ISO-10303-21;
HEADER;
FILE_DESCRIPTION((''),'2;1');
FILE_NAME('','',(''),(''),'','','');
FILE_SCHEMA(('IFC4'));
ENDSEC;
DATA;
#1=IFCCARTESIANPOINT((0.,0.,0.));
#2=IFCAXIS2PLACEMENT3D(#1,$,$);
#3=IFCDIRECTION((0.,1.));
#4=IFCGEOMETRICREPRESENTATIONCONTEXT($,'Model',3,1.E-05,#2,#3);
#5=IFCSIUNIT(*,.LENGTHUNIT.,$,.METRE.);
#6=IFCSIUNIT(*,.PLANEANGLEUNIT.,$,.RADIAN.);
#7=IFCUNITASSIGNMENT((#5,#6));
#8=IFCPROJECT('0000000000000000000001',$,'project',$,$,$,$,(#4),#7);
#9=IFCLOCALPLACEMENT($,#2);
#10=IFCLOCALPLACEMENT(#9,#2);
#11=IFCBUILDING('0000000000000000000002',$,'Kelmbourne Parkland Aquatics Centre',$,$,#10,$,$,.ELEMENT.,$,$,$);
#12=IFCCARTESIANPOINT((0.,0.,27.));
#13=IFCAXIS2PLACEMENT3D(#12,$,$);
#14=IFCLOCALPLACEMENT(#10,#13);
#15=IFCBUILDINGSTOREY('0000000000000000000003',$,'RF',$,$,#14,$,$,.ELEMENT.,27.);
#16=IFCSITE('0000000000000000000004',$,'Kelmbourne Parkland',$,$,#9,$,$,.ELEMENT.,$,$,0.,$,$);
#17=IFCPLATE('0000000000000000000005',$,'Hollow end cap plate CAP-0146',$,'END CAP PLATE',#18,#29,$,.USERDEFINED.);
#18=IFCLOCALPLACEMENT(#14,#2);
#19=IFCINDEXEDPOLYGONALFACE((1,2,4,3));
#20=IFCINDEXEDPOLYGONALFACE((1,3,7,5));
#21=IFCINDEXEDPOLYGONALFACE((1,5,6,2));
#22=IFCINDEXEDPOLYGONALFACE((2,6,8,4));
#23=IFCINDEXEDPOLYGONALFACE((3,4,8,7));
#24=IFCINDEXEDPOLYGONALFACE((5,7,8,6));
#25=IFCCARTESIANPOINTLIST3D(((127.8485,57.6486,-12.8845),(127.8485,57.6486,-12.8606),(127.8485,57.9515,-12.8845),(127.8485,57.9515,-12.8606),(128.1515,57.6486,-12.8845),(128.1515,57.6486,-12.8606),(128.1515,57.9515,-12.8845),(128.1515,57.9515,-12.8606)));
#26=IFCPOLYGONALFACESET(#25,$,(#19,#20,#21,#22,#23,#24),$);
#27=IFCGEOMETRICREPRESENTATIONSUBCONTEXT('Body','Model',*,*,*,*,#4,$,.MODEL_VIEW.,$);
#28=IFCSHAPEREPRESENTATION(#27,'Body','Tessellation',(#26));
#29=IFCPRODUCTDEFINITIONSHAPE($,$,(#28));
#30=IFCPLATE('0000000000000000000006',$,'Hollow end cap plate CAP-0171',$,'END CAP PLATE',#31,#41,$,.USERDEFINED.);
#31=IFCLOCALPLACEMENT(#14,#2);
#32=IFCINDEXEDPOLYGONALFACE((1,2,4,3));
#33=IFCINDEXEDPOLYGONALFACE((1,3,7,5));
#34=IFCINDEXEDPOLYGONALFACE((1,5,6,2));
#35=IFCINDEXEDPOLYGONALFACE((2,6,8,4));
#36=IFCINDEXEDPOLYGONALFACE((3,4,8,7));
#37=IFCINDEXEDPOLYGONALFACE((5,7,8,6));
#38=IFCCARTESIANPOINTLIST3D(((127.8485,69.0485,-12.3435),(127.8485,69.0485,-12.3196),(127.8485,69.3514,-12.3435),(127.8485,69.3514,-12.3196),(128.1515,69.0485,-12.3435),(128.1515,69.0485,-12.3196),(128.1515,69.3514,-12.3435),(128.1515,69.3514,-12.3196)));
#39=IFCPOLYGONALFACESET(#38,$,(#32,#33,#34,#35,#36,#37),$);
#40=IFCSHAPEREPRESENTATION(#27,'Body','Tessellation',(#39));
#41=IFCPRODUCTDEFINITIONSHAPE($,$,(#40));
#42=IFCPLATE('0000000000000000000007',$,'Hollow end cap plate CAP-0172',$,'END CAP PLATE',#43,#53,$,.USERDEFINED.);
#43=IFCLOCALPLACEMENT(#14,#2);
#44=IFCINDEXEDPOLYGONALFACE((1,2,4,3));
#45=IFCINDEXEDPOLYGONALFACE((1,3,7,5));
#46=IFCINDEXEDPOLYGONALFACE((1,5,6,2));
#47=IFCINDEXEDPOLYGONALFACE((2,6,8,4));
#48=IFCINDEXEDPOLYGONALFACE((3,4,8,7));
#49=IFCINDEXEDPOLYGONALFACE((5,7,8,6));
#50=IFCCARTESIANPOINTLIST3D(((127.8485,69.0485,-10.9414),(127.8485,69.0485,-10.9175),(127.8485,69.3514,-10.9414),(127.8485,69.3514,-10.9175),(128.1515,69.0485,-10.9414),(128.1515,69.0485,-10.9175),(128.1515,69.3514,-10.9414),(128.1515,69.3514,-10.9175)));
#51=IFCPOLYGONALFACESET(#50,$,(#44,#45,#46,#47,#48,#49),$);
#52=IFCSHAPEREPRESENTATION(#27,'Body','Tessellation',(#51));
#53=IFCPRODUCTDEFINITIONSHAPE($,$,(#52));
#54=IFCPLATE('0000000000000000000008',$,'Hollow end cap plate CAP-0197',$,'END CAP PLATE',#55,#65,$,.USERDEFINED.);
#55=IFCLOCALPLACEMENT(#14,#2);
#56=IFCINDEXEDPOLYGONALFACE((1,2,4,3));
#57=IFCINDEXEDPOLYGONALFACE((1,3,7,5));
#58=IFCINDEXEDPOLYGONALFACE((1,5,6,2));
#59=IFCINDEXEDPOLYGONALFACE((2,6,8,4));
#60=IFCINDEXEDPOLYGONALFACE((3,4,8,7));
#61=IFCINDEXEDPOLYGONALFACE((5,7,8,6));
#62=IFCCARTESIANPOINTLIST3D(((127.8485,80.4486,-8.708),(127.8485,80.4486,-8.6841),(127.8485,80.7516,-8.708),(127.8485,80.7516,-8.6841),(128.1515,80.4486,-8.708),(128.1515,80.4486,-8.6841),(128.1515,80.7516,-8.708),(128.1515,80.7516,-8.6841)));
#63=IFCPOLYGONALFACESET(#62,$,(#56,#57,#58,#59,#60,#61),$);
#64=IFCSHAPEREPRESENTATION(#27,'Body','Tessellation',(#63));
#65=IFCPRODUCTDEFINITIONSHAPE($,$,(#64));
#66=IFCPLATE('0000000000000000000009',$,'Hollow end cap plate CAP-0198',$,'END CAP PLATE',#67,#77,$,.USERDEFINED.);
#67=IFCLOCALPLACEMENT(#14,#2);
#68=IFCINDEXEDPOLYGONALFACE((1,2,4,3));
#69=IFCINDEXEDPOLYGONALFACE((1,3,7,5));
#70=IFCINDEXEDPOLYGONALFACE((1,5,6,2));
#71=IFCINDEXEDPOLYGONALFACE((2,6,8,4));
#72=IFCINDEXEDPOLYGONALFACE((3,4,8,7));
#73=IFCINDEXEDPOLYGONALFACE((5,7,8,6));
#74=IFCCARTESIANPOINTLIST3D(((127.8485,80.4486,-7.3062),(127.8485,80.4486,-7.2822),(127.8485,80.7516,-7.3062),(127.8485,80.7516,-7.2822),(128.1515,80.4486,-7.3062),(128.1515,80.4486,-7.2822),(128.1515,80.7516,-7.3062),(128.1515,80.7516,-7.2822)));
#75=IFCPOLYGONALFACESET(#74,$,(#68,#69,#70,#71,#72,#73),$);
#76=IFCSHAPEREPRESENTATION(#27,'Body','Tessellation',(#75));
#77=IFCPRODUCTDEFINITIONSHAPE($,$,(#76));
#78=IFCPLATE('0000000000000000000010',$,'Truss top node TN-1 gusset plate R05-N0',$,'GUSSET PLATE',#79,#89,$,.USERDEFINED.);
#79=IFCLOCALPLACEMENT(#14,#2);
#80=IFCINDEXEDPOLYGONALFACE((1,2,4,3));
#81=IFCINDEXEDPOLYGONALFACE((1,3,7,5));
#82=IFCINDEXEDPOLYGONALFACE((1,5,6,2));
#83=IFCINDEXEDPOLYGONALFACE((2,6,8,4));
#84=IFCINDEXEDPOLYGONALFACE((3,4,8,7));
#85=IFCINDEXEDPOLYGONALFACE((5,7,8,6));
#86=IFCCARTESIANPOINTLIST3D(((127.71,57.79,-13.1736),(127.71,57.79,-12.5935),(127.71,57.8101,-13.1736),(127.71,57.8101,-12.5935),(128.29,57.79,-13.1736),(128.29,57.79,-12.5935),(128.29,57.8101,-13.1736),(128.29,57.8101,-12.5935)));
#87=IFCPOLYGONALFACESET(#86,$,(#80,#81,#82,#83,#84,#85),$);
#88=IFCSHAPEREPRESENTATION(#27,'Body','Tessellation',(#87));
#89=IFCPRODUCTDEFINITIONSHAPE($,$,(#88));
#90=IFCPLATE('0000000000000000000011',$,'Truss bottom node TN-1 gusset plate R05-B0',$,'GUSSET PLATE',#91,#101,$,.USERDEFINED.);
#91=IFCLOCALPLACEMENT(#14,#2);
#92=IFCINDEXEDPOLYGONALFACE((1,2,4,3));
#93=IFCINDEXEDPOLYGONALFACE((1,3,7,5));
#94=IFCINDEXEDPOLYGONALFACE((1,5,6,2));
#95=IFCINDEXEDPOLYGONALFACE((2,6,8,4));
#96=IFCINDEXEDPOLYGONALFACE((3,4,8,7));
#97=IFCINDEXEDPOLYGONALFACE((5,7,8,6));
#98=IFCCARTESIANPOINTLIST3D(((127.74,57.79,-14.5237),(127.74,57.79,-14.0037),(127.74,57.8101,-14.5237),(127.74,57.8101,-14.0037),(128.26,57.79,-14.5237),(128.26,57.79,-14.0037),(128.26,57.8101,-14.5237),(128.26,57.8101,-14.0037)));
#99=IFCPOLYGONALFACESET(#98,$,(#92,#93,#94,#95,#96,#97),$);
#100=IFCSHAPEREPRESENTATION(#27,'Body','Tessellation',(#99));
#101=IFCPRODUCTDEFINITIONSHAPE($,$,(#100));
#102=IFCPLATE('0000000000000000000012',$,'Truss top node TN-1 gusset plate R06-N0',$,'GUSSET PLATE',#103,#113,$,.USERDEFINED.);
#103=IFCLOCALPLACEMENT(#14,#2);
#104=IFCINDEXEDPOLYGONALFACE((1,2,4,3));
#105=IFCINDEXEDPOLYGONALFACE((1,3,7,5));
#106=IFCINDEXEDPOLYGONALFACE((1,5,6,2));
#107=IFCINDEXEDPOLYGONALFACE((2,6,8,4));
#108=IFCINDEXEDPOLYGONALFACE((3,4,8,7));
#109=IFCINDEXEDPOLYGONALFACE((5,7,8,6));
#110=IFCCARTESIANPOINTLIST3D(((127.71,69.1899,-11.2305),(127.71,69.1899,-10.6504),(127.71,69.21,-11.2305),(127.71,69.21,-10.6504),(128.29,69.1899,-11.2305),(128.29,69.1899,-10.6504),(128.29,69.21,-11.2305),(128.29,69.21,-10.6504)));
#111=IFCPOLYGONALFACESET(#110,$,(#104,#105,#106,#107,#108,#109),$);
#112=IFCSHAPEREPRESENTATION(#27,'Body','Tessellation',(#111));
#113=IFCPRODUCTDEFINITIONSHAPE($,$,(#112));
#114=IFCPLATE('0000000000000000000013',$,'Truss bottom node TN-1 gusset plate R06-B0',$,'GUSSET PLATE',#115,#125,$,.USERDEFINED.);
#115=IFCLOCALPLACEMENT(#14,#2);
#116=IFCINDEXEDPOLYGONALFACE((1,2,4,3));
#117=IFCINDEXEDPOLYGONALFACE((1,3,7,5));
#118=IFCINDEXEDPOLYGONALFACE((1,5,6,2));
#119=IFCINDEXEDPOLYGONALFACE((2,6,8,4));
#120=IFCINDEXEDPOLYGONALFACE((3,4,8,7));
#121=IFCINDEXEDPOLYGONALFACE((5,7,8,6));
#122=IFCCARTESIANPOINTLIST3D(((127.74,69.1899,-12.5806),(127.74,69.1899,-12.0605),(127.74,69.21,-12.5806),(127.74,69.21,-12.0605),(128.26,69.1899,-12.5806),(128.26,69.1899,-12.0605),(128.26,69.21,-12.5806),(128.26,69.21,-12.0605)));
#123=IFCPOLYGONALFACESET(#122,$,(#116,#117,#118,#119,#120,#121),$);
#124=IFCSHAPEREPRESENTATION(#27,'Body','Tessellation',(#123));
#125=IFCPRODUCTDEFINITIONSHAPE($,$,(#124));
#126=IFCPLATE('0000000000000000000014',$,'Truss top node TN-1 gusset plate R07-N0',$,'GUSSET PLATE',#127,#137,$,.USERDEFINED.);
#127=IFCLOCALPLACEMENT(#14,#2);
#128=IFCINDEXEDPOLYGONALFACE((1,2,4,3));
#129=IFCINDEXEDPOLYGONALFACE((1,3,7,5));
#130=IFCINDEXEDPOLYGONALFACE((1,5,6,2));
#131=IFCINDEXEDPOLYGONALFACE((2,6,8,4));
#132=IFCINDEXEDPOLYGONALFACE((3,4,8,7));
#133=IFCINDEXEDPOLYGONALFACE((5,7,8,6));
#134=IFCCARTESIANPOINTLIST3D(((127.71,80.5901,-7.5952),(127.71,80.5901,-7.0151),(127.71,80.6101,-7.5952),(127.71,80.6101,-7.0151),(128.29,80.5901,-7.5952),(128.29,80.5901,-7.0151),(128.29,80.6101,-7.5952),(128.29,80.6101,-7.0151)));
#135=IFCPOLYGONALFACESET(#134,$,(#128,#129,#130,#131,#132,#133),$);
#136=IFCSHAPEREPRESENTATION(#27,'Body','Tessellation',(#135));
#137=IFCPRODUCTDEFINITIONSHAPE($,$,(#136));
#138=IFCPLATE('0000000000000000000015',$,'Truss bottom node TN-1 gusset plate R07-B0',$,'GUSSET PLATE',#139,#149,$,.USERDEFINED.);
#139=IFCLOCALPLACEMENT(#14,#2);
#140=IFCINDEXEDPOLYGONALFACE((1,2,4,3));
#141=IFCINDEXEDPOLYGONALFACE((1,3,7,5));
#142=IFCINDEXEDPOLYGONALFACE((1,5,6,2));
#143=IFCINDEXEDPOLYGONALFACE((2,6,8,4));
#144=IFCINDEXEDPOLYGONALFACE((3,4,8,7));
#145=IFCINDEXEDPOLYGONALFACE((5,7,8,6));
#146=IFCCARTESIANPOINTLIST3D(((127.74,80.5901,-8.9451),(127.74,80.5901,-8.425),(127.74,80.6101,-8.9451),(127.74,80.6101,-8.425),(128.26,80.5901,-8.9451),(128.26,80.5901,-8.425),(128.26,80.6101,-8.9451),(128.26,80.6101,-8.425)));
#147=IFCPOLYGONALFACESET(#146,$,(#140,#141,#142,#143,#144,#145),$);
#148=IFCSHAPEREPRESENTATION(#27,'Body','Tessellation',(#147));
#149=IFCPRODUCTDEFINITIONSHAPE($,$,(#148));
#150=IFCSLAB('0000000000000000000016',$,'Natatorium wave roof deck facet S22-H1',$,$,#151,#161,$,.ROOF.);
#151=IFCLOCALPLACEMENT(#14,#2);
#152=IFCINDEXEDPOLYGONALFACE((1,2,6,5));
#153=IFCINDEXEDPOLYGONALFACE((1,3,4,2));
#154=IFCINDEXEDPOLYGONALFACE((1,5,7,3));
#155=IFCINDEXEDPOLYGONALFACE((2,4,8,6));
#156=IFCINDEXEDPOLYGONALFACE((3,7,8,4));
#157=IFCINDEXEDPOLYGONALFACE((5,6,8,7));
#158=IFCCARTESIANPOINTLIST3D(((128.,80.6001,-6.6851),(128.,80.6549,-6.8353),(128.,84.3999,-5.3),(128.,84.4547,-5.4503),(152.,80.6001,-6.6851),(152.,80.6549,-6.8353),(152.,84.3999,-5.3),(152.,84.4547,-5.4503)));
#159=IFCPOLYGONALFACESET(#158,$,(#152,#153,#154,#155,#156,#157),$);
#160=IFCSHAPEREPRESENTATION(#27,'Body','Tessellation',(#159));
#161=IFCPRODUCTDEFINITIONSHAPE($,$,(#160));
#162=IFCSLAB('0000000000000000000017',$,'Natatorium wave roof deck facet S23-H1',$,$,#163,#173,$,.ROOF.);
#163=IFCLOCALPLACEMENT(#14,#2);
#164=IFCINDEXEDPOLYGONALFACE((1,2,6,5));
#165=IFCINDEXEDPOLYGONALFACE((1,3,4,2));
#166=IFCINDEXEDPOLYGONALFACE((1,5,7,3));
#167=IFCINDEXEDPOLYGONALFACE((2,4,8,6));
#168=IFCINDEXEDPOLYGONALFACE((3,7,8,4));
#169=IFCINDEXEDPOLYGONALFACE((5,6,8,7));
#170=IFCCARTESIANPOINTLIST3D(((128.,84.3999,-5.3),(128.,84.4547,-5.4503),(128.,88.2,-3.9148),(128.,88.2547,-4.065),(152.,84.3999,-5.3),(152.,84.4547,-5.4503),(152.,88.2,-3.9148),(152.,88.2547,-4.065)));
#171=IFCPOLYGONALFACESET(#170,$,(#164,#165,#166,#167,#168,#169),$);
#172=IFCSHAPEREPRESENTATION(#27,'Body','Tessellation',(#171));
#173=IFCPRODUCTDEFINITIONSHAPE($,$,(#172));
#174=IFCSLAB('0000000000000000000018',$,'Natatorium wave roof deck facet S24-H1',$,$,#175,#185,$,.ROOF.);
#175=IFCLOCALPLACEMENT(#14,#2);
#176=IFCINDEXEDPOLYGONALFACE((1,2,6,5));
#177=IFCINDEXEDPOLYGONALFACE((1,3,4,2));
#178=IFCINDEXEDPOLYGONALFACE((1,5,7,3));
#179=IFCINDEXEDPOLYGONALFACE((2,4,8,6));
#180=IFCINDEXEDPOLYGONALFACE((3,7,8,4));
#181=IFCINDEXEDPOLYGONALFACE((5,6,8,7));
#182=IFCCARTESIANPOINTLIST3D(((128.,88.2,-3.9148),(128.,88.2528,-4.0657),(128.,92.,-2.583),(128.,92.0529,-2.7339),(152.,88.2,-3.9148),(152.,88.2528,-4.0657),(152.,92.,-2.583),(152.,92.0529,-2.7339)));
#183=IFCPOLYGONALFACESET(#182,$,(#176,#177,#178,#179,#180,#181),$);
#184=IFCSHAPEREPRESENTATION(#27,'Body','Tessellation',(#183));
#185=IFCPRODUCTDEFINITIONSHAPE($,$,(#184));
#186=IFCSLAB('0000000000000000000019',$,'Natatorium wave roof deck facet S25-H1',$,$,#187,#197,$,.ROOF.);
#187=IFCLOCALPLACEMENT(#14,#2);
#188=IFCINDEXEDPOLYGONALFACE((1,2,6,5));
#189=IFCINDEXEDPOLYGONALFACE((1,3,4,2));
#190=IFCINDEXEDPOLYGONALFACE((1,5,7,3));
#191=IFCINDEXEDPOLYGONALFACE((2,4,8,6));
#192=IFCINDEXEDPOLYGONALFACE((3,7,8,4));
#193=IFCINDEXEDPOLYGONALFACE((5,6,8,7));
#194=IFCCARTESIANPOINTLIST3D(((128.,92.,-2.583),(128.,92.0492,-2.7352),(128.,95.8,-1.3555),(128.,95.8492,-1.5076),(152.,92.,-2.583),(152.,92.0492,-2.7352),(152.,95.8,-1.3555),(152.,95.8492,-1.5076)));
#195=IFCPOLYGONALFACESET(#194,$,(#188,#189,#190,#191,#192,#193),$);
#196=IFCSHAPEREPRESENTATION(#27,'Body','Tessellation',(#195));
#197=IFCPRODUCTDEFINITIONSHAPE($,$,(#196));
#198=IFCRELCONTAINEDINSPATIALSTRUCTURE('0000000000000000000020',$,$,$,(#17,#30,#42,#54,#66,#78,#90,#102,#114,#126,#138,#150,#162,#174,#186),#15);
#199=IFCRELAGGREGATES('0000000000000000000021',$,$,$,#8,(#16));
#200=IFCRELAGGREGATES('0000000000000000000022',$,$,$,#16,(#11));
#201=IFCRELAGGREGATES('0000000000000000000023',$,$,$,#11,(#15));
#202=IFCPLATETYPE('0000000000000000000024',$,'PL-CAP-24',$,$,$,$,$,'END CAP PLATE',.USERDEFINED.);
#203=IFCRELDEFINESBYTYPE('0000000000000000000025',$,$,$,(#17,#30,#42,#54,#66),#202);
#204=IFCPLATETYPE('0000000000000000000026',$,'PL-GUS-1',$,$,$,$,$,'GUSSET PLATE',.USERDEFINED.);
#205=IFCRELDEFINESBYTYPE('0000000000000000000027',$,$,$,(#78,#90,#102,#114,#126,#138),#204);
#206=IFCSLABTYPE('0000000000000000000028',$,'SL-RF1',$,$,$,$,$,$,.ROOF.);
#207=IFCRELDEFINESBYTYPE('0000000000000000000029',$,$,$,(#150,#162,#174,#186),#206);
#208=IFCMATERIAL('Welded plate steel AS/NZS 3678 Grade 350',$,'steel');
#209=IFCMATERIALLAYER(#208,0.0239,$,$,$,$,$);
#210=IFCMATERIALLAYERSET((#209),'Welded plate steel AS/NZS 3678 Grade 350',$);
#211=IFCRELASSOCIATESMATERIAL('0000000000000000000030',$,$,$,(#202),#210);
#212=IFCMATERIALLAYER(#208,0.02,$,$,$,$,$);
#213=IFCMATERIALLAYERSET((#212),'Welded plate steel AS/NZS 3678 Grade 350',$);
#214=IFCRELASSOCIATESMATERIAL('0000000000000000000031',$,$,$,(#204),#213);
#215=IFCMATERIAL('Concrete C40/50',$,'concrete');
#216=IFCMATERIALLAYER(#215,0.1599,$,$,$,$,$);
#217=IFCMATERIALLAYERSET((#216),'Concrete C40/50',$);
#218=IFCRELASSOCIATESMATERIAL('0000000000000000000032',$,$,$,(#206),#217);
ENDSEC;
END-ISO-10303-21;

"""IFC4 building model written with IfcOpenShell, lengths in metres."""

from ifc_helpers import new_model, si_unit, direction, frame, origin, origin_2d, place, context, subcontext, project, spatial, polyline, rectangle, outline, extrude, material, layer, layer_set, type_object, element, save


model = new_model("IFC4")

# Units and contexts
model_context = context("Model", 3, precision=1e-05, world=origin(), true_north=direction((0.0, 1.0)))
body_context = subcontext(model_context, "Body", "Model", "MODEL_VIEW")
ifc_project = project(units=[si_unit("LENGTHUNIT", "METRE"), si_unit("PLANEANGLEUNIT", "RADIAN")], contexts=[model_context])

# Site, building, storey
site_placement = place(None, origin())
site = spatial("IfcSite", under=ifc_project, at=site_placement, Name="Kelmbourne Parkland", CompositionType="ELEMENT", RefElevation=0.0)
building_placement = place(site_placement, origin())
building = spatial("IfcBuilding", under=site, at=building_placement, Name="Kelmbourne Parkland Aquatics Centre", CompositionType="ELEMENT")
storey_placement = place(building_placement, frame((0.0, 0.0, 27.0)))
storey = spatial("IfcBuildingStorey", under=building, at=storey_placement, Name="RF", CompositionType="ELEMENT", Elevation=27.0)

# Shared definitions
ifc_material_1 = material(Name="Welded plate steel AS/NZS 3678 Grade 350", Category="steel")

# Plates
ifc_layer_1 = layer(ifc_material_1, 0.0239)
ifc_layer_set_1 = layer_set([ifc_layer_1], Name="Welded plate steel AS/NZS 3678 Grade 350")
plate_type_1 = type_object("IfcPlateType", Name="PL-CAP-24", ElementType="END CAP PLATE", PredefinedType="USERDEFINED", material=ifc_layer_set_1)
for number, where, z_axis, x_axis, name in (
    (1, (128.0, 57.8, -12.8845), (0.0, 0.0, 1.0), (1.0, 0.0, 0.0), "Hollow end cap plate CAP-0146"),
    (2, (128.0, 69.2, -12.3435), (0.0, 0.0, 1.0), (1.0, 0.0, 0.0), "Hollow end cap plate CAP-0171"),
    (3, (128.0, 69.2, -10.9414), (0.0, 0.0, 1.0), (1.0, 0.0, 0.0), "Hollow end cap plate CAP-0172"),
    (4, (128.0, 80.6001, -8.708), (0.0, 0.0, 1.0), (1.0, 0.0, 0.0), "Hollow end cap plate CAP-0197"),
    (5, (128.0, 80.6001, -7.3062), (0.0, 0.0, 1.0), (1.0, 0.0, 0.0), "Hollow end cap plate CAP-0198"),
):
    element("IfcPlate", number, at=place(storey_placement, frame(where, z_axis=z_axis, x_axis=x_axis)), inside=storey, type_object=plate_type_1, Name=name, ObjectType="END CAP PLATE", PredefinedType="USERDEFINED", context=body_context, shape_type="SweptSolid", body=[
        extrude(rectangle(XDim=0.303, YDim=0.303, at=origin_2d()), origin(), (0.0, 0.0, 1.0), 0.0239),
    ])
ifc_layer_2 = layer(ifc_material_1, 0.02)
ifc_layer_set_2 = layer_set([ifc_layer_2], Name="Welded plate steel AS/NZS 3678 Grade 350")
plate_type_2 = type_object("IfcPlateType", Name="PL-GUS-1", ElementType="GUSSET PLATE", PredefinedType="USERDEFINED", material=ifc_layer_set_2)
plate_1_placement = place(storey_placement, frame((128.0, 57.8, -13.1736), z_axis=(0.0, 0.0, 1.0), x_axis=(1.0, 0.0, 0.0)))
element("IfcPlate", 6, at=plate_1_placement, inside=storey, type_object=plate_type_2, Name="Truss top node TN-1 gusset plate R05-N0", ObjectType="GUSSET PLATE", PredefinedType="USERDEFINED", context=body_context, shape_type="SweptSolid", body=[
    extrude(rectangle(XDim=0.5801, YDim=0.02, at=origin_2d()), origin(), (0.0, 0.0, 1.0), 0.5801),
])
plate_2_placement = place(storey_placement, frame((128.0, 57.8, -14.5237), z_axis=(0.0, 0.0, 1.0), x_axis=(1.0, 0.0, 0.0)))
element("IfcPlate", 7, at=plate_2_placement, inside=storey, type_object=plate_type_2, Name="Truss bottom node TN-1 gusset plate R05-B0", ObjectType="GUSSET PLATE", PredefinedType="USERDEFINED", context=body_context, shape_type="SweptSolid", body=[
    extrude(rectangle(XDim=0.52, YDim=0.02, at=origin_2d()), origin(), (0.0, 0.0, 1.0), 0.52),
])
plate_3_placement = place(storey_placement, frame((128.0, 69.2, -11.2305), z_axis=(0.0, 0.0, 1.0), x_axis=(1.0, 0.0, 0.0)))
element("IfcPlate", 8, at=plate_3_placement, inside=storey, type_object=plate_type_2, Name="Truss top node TN-1 gusset plate R06-N0", ObjectType="GUSSET PLATE", PredefinedType="USERDEFINED", context=body_context, shape_type="SweptSolid", body=[
    extrude(rectangle(XDim=0.5801, YDim=0.02, at=origin_2d()), origin(), (0.0, 0.0, 1.0), 0.5801),
])
plate_4_placement = place(storey_placement, frame((128.0, 69.2, -12.5806), z_axis=(0.0, 0.0, 1.0), x_axis=(1.0, 0.0, 0.0)))
element("IfcPlate", 9, at=plate_4_placement, inside=storey, type_object=plate_type_2, Name="Truss bottom node TN-1 gusset plate R06-B0", ObjectType="GUSSET PLATE", PredefinedType="USERDEFINED", context=body_context, shape_type="SweptSolid", body=[
    extrude(rectangle(XDim=0.52, YDim=0.02, at=origin_2d()), origin(), (0.0, 0.0, 1.0), 0.52),
])
plate_5_placement = place(storey_placement, frame((128.0, 80.6001, -7.5952), z_axis=(0.0, 0.0, 1.0), x_axis=(1.0, 0.0, 0.0)))
element("IfcPlate", 10, at=plate_5_placement, inside=storey, type_object=plate_type_2, Name="Truss top node TN-1 gusset plate R07-N0", ObjectType="GUSSET PLATE", PredefinedType="USERDEFINED", context=body_context, shape_type="SweptSolid", body=[
    extrude(rectangle(XDim=0.5801, YDim=0.02, at=origin_2d()), origin(), (0.0, 0.0, 1.0), 0.5801),
])
plate_6_placement = place(storey_placement, frame((128.0, 80.6001, -8.9451), z_axis=(0.0, 0.0, 1.0), x_axis=(1.0, 0.0, 0.0)))
element("IfcPlate", 11, at=plate_6_placement, inside=storey, type_object=plate_type_2, Name="Truss bottom node TN-1 gusset plate R07-B0", ObjectType="GUSSET PLATE", PredefinedType="USERDEFINED", context=body_context, shape_type="SweptSolid", body=[
    extrude(rectangle(XDim=0.52, YDim=0.02, at=origin_2d()), origin(), (0.0, 0.0, 1.0), 0.52),
])

# Slabs
ifc_material_2 = material(Name="Concrete C40/50", Category="concrete")
ifc_layer_3 = layer(ifc_material_2, 0.1599)
ifc_layer_set_3 = layer_set([ifc_layer_3], Name="Concrete C40/50")
slab_type = type_object("IfcSlabType", Name="SL-RF1", PredefinedType="ROOF", material=ifc_layer_set_3)
slab_1_placement = place(storey_placement, frame((128.0, 80.6001, -6.6851), z_axis=(0.0, -0.342455, 0.939534), x_axis=(1.0, 0.0, 0.0)))
element("IfcSlab", 12, at=slab_1_placement, inside=storey, type_object=slab_type, Name="Natatorium wave roof deck facet S22-H1", PredefinedType="ROOF", context=body_context, shape_type="SweptSolid", body=[
    extrude(outline(polyline([(0.0, 0.0), (24.0, 0.0), (24.0, 4.0444), (0.0, 4.0444), (0.0, 0.0)])), origin(), (0.0, 0.0, -1.0), 0.1599),
])
slab_2_placement = place(storey_placement, frame((128.0, 84.3999, -5.3), z_axis=(0.0, -0.342489, 0.939522), x_axis=(1.0, 0.0, 0.0)))
element("IfcSlab", 13, at=slab_2_placement, inside=storey, type_object=slab_type, Name="Natatorium wave roof deck facet S23-H1", PredefinedType="ROOF", context=body_context, shape_type="SweptSolid", body=[
    extrude(outline(polyline([(0.0, 0.0), (24.0, 0.0), (24.0, 4.0447), (0.0, 4.0447), (0.0, 0.0)])), origin(), (0.0, 0.0, -1.0), 0.1599),
])
slab_3_placement = place(storey_placement, frame((128.0, 88.2, -3.9148), z_axis=(0.0, -0.330742, 0.943721), x_axis=(1.0, 0.0, 0.0)))
element("IfcSlab", 14, at=slab_3_placement, inside=storey, type_object=slab_type, Name="Natatorium wave roof deck facet S24-H1", PredefinedType="ROOF", context=body_context, shape_type="SweptSolid", body=[
    extrude(outline(polyline([(0.0, 0.0), (24.0, 0.0), (24.0, 4.0267), (0.0, 4.0267), (0.0, 0.0)])), origin(), (0.0, 0.0, -1.0), 0.1599),
])
slab_4_placement = place(storey_placement, frame((128.0, 92.0, -2.583), z_axis=(0.0, -0.307392, 0.951583), x_axis=(1.0, 0.0, 0.0)))
element("IfcSlab", 15, at=slab_4_placement, inside=storey, type_object=slab_type, Name="Natatorium wave roof deck facet S25-H1", PredefinedType="ROOF", context=body_context, shape_type="SweptSolid", body=[
    extrude(outline(polyline([(0.0, 0.0), (24.0, 0.0), (24.0, 3.9934), (0.0, 3.9934), (0.0, 0.0)])), origin(), (0.0, 0.0, -1.0), 0.1599),
])

save(model, "model.ifc")
